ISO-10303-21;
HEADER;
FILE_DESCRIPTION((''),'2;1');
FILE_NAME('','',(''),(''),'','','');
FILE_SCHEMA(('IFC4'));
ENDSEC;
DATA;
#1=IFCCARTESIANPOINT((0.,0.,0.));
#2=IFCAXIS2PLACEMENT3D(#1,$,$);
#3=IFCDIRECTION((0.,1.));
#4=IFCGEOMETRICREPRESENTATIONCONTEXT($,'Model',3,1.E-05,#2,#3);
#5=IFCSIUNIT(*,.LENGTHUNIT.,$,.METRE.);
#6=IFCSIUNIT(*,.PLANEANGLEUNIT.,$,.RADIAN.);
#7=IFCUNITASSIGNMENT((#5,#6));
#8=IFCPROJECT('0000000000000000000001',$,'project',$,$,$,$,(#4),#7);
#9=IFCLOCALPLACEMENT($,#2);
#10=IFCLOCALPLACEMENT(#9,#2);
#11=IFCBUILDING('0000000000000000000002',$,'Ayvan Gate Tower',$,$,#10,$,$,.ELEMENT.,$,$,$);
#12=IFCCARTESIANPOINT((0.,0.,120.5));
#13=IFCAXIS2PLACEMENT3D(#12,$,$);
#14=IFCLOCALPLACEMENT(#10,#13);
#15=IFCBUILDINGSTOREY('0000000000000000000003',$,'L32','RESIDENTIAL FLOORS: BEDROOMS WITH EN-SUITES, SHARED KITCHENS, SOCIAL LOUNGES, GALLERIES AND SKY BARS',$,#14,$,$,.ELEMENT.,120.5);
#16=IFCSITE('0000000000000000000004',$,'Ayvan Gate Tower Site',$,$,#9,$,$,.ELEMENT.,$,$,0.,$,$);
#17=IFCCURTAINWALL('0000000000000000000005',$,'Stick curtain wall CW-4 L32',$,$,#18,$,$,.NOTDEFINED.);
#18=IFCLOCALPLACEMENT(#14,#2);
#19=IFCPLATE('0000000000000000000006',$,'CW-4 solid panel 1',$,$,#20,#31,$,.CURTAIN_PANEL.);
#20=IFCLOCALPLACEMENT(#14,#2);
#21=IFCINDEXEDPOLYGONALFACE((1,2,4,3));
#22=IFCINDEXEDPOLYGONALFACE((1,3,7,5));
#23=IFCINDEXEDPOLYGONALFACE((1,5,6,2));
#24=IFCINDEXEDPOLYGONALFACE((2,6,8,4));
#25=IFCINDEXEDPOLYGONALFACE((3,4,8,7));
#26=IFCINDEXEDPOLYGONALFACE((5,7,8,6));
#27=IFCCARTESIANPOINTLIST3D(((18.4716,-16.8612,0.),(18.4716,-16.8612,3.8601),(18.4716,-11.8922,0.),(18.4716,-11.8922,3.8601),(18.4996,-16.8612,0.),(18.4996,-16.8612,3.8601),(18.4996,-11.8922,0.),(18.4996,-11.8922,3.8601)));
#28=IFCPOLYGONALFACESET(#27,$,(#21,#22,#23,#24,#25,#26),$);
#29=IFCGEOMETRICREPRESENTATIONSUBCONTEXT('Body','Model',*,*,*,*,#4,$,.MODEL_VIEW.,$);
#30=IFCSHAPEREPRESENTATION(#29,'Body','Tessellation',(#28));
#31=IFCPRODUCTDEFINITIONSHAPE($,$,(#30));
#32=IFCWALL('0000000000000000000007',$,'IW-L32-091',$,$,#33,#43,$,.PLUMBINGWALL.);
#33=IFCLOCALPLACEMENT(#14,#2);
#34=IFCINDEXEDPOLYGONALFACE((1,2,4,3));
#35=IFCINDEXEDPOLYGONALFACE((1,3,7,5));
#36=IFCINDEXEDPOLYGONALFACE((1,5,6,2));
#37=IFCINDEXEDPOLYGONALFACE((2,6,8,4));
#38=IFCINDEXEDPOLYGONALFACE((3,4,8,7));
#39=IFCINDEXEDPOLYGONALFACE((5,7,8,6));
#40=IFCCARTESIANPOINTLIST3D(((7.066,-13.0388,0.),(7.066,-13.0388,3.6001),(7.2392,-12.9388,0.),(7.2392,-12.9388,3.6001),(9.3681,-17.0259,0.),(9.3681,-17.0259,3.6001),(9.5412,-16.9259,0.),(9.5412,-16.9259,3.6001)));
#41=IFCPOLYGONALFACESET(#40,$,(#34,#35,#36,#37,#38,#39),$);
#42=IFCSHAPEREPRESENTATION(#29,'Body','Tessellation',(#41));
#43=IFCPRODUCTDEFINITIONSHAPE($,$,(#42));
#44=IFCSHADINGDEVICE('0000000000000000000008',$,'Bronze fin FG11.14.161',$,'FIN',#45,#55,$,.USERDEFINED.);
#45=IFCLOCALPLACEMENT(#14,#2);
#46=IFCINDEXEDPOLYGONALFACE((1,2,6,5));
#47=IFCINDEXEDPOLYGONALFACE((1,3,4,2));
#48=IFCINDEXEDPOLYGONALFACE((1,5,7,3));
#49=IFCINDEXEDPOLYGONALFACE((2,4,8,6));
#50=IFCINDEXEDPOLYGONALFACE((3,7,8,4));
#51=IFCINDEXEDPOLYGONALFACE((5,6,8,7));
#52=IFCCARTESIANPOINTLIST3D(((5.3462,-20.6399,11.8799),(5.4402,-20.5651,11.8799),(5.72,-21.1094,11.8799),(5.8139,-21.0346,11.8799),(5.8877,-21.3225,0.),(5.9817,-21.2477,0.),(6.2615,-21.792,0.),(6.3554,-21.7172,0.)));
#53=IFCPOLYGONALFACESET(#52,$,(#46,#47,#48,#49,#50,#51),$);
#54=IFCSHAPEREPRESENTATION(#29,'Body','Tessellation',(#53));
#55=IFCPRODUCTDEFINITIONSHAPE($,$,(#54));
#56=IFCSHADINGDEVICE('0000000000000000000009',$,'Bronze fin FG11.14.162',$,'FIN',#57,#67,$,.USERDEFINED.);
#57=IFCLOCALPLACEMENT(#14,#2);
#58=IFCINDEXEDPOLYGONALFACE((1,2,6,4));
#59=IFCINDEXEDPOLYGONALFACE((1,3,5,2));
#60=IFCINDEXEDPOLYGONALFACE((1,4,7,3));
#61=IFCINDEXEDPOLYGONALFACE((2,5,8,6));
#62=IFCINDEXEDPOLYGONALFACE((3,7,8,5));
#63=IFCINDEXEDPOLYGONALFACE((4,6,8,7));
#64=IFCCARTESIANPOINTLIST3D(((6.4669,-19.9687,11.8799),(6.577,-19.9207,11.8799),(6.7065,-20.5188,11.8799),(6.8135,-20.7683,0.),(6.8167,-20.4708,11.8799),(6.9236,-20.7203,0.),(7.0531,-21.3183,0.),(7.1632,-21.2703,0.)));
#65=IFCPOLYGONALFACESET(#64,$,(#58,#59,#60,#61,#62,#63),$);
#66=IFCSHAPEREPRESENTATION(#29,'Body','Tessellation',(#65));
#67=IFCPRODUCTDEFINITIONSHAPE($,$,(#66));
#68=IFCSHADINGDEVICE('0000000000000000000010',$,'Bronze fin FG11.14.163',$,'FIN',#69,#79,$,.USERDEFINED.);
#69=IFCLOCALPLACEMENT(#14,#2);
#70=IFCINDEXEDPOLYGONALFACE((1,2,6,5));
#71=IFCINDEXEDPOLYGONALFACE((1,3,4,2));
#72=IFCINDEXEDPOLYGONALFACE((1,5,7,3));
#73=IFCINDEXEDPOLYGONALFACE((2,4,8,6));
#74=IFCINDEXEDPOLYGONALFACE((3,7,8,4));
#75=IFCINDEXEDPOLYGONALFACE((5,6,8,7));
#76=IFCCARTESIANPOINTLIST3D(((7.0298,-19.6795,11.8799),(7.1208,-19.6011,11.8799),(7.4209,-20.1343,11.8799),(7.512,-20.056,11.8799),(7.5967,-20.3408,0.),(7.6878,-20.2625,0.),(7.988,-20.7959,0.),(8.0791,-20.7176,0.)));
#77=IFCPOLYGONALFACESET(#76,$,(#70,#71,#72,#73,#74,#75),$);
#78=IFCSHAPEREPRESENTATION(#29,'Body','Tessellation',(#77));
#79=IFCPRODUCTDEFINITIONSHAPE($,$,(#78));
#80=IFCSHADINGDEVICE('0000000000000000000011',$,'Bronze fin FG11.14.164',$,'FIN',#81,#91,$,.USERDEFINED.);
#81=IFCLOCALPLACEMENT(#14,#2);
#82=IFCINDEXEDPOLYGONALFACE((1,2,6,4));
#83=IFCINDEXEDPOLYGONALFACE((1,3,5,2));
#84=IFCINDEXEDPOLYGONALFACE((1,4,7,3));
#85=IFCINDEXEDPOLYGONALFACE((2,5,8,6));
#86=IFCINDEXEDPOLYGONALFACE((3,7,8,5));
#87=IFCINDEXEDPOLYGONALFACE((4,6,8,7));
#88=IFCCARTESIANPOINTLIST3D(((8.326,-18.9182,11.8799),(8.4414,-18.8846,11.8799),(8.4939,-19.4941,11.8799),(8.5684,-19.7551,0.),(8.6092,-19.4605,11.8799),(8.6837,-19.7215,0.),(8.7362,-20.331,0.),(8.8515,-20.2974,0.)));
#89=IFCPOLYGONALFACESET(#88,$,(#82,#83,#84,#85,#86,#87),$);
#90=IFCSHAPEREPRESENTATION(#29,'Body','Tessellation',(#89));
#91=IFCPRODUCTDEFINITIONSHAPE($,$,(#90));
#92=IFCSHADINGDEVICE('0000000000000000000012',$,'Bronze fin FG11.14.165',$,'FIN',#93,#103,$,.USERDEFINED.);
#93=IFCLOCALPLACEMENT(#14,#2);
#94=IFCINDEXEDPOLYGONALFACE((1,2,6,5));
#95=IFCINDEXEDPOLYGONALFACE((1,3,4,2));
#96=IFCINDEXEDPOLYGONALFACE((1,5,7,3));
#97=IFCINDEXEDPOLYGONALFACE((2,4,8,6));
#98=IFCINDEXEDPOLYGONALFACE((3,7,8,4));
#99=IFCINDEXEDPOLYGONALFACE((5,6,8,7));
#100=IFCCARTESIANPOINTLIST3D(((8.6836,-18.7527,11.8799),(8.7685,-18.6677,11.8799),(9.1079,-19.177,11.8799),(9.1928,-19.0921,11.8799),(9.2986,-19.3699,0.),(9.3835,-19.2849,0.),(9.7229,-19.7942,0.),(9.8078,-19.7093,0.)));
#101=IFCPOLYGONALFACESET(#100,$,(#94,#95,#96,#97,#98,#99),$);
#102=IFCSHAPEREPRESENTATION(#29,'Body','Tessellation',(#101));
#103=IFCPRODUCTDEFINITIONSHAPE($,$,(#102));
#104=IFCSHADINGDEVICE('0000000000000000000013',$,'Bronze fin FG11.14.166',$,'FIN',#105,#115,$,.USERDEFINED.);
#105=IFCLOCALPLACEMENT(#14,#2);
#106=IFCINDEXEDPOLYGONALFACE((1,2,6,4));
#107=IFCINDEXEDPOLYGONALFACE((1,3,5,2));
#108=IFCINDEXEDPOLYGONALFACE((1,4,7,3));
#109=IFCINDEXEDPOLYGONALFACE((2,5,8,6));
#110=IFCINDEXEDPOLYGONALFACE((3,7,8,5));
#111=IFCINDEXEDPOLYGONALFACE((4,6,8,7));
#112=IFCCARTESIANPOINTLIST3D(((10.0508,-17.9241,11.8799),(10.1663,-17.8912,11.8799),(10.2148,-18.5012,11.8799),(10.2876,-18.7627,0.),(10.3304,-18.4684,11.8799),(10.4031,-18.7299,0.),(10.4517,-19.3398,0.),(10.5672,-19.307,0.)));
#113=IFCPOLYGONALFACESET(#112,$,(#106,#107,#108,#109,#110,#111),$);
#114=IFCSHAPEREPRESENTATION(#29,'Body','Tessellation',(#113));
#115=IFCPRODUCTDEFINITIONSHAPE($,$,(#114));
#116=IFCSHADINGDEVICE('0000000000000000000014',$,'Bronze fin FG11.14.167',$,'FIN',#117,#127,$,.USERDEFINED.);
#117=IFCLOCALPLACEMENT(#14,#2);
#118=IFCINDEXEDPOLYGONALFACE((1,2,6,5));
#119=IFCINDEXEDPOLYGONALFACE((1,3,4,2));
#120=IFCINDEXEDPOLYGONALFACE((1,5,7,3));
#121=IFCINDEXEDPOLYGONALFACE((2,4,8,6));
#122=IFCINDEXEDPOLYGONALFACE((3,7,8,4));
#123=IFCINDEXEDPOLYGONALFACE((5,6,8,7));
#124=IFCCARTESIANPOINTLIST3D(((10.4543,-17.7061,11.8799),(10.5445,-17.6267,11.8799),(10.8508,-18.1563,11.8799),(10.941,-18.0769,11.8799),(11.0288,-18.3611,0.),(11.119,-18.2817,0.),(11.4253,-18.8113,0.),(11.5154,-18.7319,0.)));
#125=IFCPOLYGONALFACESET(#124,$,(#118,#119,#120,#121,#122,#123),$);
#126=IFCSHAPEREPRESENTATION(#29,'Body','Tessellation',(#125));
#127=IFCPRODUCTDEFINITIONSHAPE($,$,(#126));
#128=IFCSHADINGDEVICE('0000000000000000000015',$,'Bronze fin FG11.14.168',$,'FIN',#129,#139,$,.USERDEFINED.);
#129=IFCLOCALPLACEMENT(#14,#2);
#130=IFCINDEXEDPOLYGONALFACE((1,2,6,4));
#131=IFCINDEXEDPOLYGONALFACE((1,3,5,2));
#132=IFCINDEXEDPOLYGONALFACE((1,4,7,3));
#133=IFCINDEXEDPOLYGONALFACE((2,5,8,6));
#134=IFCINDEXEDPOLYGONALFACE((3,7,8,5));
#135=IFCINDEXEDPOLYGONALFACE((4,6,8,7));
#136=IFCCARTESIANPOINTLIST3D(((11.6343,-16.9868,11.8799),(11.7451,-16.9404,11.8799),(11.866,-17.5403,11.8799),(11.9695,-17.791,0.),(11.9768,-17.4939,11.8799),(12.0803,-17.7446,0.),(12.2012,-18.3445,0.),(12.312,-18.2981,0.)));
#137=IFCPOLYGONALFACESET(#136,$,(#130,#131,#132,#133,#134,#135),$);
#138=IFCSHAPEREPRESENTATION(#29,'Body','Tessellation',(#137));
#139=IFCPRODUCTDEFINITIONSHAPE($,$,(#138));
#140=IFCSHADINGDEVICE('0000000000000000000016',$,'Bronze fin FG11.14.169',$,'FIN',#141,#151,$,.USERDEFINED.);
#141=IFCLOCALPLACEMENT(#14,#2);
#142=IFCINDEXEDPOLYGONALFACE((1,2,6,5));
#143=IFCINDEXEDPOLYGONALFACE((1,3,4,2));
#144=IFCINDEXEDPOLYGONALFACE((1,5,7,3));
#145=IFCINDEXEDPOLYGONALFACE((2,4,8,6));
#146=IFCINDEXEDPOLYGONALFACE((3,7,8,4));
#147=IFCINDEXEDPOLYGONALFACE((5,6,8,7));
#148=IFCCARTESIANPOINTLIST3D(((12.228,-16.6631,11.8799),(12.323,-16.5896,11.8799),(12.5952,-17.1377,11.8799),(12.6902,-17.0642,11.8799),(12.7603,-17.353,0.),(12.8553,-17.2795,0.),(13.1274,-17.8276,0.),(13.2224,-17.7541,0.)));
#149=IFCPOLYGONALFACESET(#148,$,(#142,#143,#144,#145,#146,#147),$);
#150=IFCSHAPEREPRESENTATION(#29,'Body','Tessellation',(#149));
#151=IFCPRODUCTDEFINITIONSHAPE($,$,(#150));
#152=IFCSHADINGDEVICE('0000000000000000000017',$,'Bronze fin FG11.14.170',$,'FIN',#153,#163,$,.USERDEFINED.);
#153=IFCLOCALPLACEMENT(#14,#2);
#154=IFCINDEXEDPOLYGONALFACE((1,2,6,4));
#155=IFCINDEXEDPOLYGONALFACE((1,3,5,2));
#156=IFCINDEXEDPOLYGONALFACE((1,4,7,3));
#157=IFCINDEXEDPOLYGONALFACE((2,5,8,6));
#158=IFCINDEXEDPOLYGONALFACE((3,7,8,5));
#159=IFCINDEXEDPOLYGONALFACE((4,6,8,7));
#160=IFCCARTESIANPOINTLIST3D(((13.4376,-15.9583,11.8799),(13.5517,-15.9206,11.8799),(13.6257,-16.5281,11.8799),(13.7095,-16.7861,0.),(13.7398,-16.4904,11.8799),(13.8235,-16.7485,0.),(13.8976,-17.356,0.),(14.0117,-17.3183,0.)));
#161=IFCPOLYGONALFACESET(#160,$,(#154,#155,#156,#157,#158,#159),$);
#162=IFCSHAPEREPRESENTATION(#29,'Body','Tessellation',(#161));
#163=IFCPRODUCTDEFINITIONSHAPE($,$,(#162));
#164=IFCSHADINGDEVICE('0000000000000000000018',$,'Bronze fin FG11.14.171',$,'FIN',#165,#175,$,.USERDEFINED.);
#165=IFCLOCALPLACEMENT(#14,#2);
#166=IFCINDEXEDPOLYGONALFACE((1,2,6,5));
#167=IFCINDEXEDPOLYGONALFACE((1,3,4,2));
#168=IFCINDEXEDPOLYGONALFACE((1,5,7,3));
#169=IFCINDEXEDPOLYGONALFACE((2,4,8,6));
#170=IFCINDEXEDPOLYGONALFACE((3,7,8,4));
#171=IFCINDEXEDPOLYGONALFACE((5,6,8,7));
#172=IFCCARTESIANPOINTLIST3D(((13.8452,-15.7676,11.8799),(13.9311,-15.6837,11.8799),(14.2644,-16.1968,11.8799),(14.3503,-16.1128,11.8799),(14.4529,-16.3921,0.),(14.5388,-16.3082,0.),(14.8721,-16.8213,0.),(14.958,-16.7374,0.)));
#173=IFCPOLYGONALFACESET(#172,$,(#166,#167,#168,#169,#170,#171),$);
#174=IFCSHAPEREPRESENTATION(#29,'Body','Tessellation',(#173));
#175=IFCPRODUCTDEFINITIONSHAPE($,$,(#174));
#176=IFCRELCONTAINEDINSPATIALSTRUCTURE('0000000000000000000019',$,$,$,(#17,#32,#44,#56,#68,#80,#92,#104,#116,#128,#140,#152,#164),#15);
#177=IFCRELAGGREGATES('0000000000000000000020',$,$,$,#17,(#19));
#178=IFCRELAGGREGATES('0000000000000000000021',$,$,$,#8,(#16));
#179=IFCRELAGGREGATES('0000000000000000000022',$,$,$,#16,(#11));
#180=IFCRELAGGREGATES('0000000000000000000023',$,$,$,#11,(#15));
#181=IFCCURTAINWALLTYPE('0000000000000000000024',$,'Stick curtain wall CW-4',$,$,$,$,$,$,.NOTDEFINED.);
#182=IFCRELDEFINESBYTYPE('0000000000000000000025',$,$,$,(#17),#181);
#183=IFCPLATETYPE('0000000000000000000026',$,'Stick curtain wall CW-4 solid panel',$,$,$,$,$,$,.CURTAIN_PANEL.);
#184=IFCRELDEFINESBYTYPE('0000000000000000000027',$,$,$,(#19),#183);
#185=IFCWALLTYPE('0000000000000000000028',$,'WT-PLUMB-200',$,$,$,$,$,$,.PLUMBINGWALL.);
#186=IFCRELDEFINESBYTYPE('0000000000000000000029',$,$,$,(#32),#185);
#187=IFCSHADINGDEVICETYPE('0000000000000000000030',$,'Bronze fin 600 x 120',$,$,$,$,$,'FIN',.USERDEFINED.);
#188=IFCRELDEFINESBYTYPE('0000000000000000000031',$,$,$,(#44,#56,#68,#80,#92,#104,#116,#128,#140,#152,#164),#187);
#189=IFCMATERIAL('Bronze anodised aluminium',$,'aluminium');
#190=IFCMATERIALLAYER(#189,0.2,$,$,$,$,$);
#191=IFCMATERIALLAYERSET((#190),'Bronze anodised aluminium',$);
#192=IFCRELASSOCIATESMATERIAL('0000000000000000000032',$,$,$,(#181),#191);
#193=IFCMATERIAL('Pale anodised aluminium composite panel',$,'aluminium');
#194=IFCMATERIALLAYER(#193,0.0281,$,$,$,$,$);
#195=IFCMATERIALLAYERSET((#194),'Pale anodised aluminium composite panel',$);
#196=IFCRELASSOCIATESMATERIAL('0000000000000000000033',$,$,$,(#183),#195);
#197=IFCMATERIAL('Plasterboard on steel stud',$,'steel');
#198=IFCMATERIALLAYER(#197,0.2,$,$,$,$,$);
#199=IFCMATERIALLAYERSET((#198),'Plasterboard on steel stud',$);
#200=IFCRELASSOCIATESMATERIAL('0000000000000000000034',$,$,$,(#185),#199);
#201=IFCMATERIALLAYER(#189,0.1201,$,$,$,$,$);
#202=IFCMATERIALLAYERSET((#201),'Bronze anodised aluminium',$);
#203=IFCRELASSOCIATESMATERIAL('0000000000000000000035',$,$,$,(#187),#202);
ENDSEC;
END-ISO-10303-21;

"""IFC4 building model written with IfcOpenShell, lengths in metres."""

from ifc_helpers import new_model, si_unit, direction, frame, frame_2d, origin, origin_2d, place, context, subcontext, project, spatial, polyline, rectangle, outline, extrude, material, layer, layer_set, type_object, element, aggregate, save


model = new_model("IFC4")

# Units and contexts
model_context = context("Model", 3, precision=1e-05, world=origin(), true_north=direction((0.0, 1.0)))
body_context = subcontext(model_context, "Body", "Model", "MODEL_VIEW")
ifc_project = project(units=[si_unit("LENGTHUNIT", "METRE"), si_unit("PLANEANGLEUNIT", "RADIAN")], contexts=[model_context])

# Site, building, storey
site_placement = place(None, origin())
site = spatial("IfcSite", under=ifc_project, at=site_placement, Name="Ayvan Gate Tower Site", CompositionType="ELEMENT", RefElevation=0.0)
building_placement = place(site_placement, origin())
building = spatial("IfcBuilding", under=site, at=building_placement, Name="Ayvan Gate Tower", CompositionType="ELEMENT")
storey_placement = place(building_placement, frame((0.0, 0.0, 120.5)))
storey = spatial("IfcBuildingStorey", under=building, at=storey_placement, Name="L32", Description="RESIDENTIAL FLOORS: BEDROOMS WITH EN-SUITES, SHARED KITCHENS, SOCIAL LOUNGES, GALLERIES AND SKY BARS", CompositionType="ELEMENT", Elevation=120.5)

# Curtain wall
ifc_material_1 = material(Name="Bronze anodised aluminium", Category="aluminium")
ifc_layer_1 = layer(ifc_material_1, 0.2)
ifc_layer_set_1 = layer_set([ifc_layer_1], Name="Bronze anodised aluminium")
curtain_wall_type_1 = type_object("IfcCurtainWallType", Name="Stick curtain wall CW-4", PredefinedType="NOTDEFINED", material=ifc_layer_set_1)
curtain_wall_1_placement = place(storey_placement, origin())
curtain_wall_1 = element("IfcCurtainWall", 1, at=curtain_wall_1_placement, inside=storey, type_object=curtain_wall_type_1, Name="Stick curtain wall CW-4 L32", PredefinedType="NOTDEFINED")

# Plate
ifc_material_2 = material(Name="Pale anodised aluminium composite panel", Category="aluminium")
ifc_layer_2 = layer(ifc_material_2, 0.0281)
ifc_layer_set_2 = layer_set([ifc_layer_2], Name="Pale anodised aluminium composite panel")
plate_type_1 = type_object("IfcPlateType", Name="Stick curtain wall CW-4 solid panel", PredefinedType="CURTAIN_PANEL", material=ifc_layer_set_2)
plate_1_placement = place(storey_placement, frame((18.4856, -14.3767, 0.0), z_axis=(0.0, 0.0, 1.0), x_axis=(0.0, -1.0, 0.0)))
plate_1 = element("IfcPlate", 2, at=plate_1_placement, type_object=plate_type_1, Name="CW-4 solid panel 1", PredefinedType="CURTAIN_PANEL", context=body_context, shape_type="SweptSolid", body=[
    extrude(rectangle(XDim=4.969, YDim=0.0281, at=origin_2d()), origin(), (0.0, 0.0, 1.0), 3.8601),
])
aggregate(curtain_wall_1, [plate_1])

# Wall
ifc_material_3 = material(Name="Plasterboard on steel stud", Category="steel")
ifc_layer_3 = layer(ifc_material_3, 0.2)
ifc_layer_set_3 = layer_set([ifc_layer_3], Name="Plasterboard on steel stud")
wall_type = type_object("IfcWallType", Name="WT-PLUMB-200", PredefinedType="PLUMBINGWALL", material=ifc_layer_set_3)
wall_placement = place(storey_placement, frame((7.1526, -12.9888, 0.0), z_axis=(0.0, 0.0, 1.0), x_axis=(0.500012, -0.866019, 0.0)))
element("IfcWall", 3, at=wall_placement, inside=storey, type_object=wall_type, Name="IW-L32-091", PredefinedType="PLUMBINGWALL", context=body_context, shape_type="SweptSolid", body=[
    extrude(rectangle(XDim=4.604, YDim=0.2, at=frame_2d((2.302, 0.0))), origin(), (0.0, 0.0, 1.0), 3.6001),
])

# Shading devices
ifc_layer_4 = layer(ifc_material_1, 0.1201)
ifc_layer_set_4 = layer_set([ifc_layer_4], Name="Bronze anodised aluminium")
shading_device_type = type_object("IfcShadingDeviceType", Name="Bronze fin 600 x 120", ElementType="FIN", PredefinedType="USERDEFINED", material=ifc_layer_set_4)
shading_device_1_placement = place(storey_placement, frame((5.8877, -21.3225, 0.0), z_axis=(-0.782335, -0.622858, 0.000129), x_axis=(0.622858, -0.782335, 0.0)))
element("IfcShadingDevice", 4, at=shading_device_1_placement, inside=storey, type_object=shading_device_type, Name="Bronze fin FG11.14.161", ObjectType="FIN", PredefinedType="USERDEFINED", context=body_context, shape_type="SweptSolid", body=[
    extrude(outline(polyline([(0.0, 0.0), (0.6001, 0.0), (-0.2712, 11.8799), (-0.8713, 11.8799), (0.0, 0.0)])), origin(), (0.0, 0.0, -1.0), 0.1201),
])
shading_device_2_placement = place(storey_placement, frame((6.8135, -20.7683, 0.0), z_axis=(-0.916782, -0.399388, 0.000136), x_axis=(0.399388, -0.916782, 0.0)))
element("IfcShadingDevice", 5, at=shading_device_2_placement, inside=storey, type_object=shading_device_type, Name="Bronze fin FG11.14.162", ObjectType="FIN", PredefinedType="USERDEFINED", context=body_context, shape_type="SweptSolid", body=[
    extrude(outline(polyline([(0.0, 0.0), (0.5999, 0.0), (-0.2715, 11.8799), (-0.8715, 11.8799), (0.0, 0.0)])), origin(), (0.0, 0.0, -1.0), 0.1201),
])
shading_device_3_placement = place(storey_placement, frame((7.5967, -20.3408, 0.0), z_axis=(-0.758207, -0.652014, 0.000117), x_axis=(0.652014, -0.758207, 0.0)))
element("IfcShadingDevice", 6, at=shading_device_3_placement, inside=storey, type_object=shading_device_type, Name="Bronze fin FG11.14.163", ObjectType="FIN", PredefinedType="USERDEFINED", context=body_context, shape_type="SweptSolid", body=[
    extrude(outline(polyline([(0.0, 0.0), (0.6002, 0.0), (-0.2712, 11.8799), (-0.8711, 11.8799), (0.0, 0.0)])), origin(), (0.0, 0.0, -1.0), 0.1201),
])
shading_device_4_placement = place(storey_placement, frame((8.5684, -19.7551, 0.0), z_axis=(-0.960059, -0.279797, 0.000129), x_axis=(0.279797, -0.960059, 0.0)))
element("IfcShadingDevice", 7, at=shading_device_4_placement, inside=storey, type_object=shading_device_type, Name="Bronze fin FG11.14.164", ObjectType="FIN", PredefinedType="USERDEFINED", context=body_context, shape_type="SweptSolid", body=[
    extrude(outline(polyline([(0.0, 0.0), (0.5999, 0.0), (-0.2714, 11.8799), (-0.8713, 11.8799), (0.0, 0.0)])), origin(), (0.0, 0.0, -1.0), 0.1201),
])
shading_device_5_placement = place(storey_placement, frame((9.2986, -19.3699, 0.0), z_axis=(-0.707107, -0.707107, 0.000131), x_axis=(0.707107, -0.707107, 0.0)))
element("IfcShadingDevice", 8, at=shading_device_5_placement, inside=storey, type_object=shading_device_type, Name="Bronze fin FG11.14.165", ObjectType="FIN", PredefinedType="USERDEFINED", context=body_context, shape_type="SweptSolid", body=[
    extrude(outline(polyline([(0.0, 0.0), (0.6001, 0.0), (-0.2712, 11.8799), (-0.8713, 11.8799), (0.0, 0.0)])), origin(), (0.0, 0.0, -1.0), 0.1201),
])
shading_device_6_placement = place(storey_placement, frame((10.2876, -18.7627, 0.0), z_axis=(-0.961892, -0.273431, 0.000127), x_axis=(0.273431, -0.961892, 0.0)))
element("IfcShadingDevice", 9, at=shading_device_6_placement, inside=storey, type_object=shading_device_type, Name="Bronze fin FG11.14.166", ObjectType="FIN", PredefinedType="USERDEFINED", context=body_context, shape_type="SweptSolid", body=[
    extrude(outline(polyline([(0.0, 0.0), (0.6, 0.0), (-0.2714, 11.8799), (-0.8714, 11.8799), (0.0, 0.0)])), origin(), (0.0, 0.0, -1.0), 0.1201),
])
shading_device_7_placement = place(storey_placement, frame((11.0288, -18.3611, 0.0), z_axis=(-0.750455, -0.660921, 0.000153), x_axis=(0.660921, -0.750455, 0.0)))
element("IfcShadingDevice", 10, at=shading_device_7_placement, inside=storey, type_object=shading_device_type, Name="Bronze fin FG11.14.167", ObjectType="FIN", PredefinedType="USERDEFINED", context=body_context, shape_type="SweptSolid", body=[
    extrude(outline(polyline([(0.0, 0.0), (0.5999, 0.0), (-0.2713, 11.8799), (-0.8712, 11.8799), (0.0, 0.0)])), origin(), (0.0, 0.0, -1.0), 0.1201),
])
shading_device_8_placement = place(storey_placement, frame((11.9695, -17.791, 0.0), z_axis=(-0.922438, -0.386146, 0.000112), x_axis=(0.386146, -0.922438, 0.0)))
element("IfcShadingDevice", 11, at=shading_device_8_placement, inside=storey, type_object=shading_device_type, Name="Bronze fin FG11.14.168", ObjectType="FIN", PredefinedType="USERDEFINED", context=body_context, shape_type="SweptSolid", body=[
    extrude(outline(polyline([(0.0, 0.0), (0.6, 0.0), (-0.2713, 11.8799), (-0.8713, 11.8799), (0.0, 0.0)])), origin(), (0.0, 0.0, -1.0), 0.1201),
])
shading_device_9_placement = place(storey_placement, frame((12.7603, -17.353, 0.0), z_axis=(-0.790927, -0.611911, 0.000104), x_axis=(0.611911, -0.790927, 0.0)))
element("IfcShadingDevice", 12, at=shading_device_9_placement, inside=storey, type_object=shading_device_type, Name="Bronze fin FG11.14.169", ObjectType="FIN", PredefinedType="USERDEFINED", context=body_context, shape_type="SweptSolid", body=[
    extrude(outline(polyline([(0.0, 0.0), (0.6001, 0.0), (-0.2713, 11.8799), (-0.8714, 11.8799), (0.0, 0.0)])), origin(), (0.0, 0.0, -1.0), 0.1201),
])
shading_device_10_placement = place(storey_placement, frame((13.7095, -16.7861, 0.0), z_axis=(-0.949595, -0.31348, 0.000116), x_axis=(0.31348, -0.949595, 0.0)))
element("IfcShadingDevice", 13, at=shading_device_10_placement, inside=storey, type_object=shading_device_type, Name="Bronze fin FG11.14.170", ObjectType="FIN", PredefinedType="USERDEFINED", context=body_context, shape_type="SweptSolid", body=[
    extrude(outline(polyline([(0.0, 0.0), (0.6001, 0.0), (-0.2713, 11.8799), (-0.8713, 11.8799), (0.0, 0.0)])), origin(), (0.0, 0.0, -1.0), 0.1201),
])
shading_device_11_placement = place(storey_placement, frame((14.4529, -16.3921, 0.0), z_axis=(-0.7154, -0.698715, 0.000137), x_axis=(0.698715, -0.7154, 0.0)))
element("IfcShadingDevice", 14, at=shading_device_11_placement, inside=storey, type_object=shading_device_type, Name="Bronze fin FG11.14.171", ObjectType="FIN", PredefinedType="USERDEFINED", context=body_context, shape_type="SweptSolid", body=[
    extrude(outline(polyline([(0.0, 0.0), (0.5999, 0.0), (-0.2714, 11.8799), (-0.8714, 11.8799), (0.0, 0.0)])), origin(), (0.0, 0.0, -1.0), 0.1201),
])

save(model, "model.ifc")
